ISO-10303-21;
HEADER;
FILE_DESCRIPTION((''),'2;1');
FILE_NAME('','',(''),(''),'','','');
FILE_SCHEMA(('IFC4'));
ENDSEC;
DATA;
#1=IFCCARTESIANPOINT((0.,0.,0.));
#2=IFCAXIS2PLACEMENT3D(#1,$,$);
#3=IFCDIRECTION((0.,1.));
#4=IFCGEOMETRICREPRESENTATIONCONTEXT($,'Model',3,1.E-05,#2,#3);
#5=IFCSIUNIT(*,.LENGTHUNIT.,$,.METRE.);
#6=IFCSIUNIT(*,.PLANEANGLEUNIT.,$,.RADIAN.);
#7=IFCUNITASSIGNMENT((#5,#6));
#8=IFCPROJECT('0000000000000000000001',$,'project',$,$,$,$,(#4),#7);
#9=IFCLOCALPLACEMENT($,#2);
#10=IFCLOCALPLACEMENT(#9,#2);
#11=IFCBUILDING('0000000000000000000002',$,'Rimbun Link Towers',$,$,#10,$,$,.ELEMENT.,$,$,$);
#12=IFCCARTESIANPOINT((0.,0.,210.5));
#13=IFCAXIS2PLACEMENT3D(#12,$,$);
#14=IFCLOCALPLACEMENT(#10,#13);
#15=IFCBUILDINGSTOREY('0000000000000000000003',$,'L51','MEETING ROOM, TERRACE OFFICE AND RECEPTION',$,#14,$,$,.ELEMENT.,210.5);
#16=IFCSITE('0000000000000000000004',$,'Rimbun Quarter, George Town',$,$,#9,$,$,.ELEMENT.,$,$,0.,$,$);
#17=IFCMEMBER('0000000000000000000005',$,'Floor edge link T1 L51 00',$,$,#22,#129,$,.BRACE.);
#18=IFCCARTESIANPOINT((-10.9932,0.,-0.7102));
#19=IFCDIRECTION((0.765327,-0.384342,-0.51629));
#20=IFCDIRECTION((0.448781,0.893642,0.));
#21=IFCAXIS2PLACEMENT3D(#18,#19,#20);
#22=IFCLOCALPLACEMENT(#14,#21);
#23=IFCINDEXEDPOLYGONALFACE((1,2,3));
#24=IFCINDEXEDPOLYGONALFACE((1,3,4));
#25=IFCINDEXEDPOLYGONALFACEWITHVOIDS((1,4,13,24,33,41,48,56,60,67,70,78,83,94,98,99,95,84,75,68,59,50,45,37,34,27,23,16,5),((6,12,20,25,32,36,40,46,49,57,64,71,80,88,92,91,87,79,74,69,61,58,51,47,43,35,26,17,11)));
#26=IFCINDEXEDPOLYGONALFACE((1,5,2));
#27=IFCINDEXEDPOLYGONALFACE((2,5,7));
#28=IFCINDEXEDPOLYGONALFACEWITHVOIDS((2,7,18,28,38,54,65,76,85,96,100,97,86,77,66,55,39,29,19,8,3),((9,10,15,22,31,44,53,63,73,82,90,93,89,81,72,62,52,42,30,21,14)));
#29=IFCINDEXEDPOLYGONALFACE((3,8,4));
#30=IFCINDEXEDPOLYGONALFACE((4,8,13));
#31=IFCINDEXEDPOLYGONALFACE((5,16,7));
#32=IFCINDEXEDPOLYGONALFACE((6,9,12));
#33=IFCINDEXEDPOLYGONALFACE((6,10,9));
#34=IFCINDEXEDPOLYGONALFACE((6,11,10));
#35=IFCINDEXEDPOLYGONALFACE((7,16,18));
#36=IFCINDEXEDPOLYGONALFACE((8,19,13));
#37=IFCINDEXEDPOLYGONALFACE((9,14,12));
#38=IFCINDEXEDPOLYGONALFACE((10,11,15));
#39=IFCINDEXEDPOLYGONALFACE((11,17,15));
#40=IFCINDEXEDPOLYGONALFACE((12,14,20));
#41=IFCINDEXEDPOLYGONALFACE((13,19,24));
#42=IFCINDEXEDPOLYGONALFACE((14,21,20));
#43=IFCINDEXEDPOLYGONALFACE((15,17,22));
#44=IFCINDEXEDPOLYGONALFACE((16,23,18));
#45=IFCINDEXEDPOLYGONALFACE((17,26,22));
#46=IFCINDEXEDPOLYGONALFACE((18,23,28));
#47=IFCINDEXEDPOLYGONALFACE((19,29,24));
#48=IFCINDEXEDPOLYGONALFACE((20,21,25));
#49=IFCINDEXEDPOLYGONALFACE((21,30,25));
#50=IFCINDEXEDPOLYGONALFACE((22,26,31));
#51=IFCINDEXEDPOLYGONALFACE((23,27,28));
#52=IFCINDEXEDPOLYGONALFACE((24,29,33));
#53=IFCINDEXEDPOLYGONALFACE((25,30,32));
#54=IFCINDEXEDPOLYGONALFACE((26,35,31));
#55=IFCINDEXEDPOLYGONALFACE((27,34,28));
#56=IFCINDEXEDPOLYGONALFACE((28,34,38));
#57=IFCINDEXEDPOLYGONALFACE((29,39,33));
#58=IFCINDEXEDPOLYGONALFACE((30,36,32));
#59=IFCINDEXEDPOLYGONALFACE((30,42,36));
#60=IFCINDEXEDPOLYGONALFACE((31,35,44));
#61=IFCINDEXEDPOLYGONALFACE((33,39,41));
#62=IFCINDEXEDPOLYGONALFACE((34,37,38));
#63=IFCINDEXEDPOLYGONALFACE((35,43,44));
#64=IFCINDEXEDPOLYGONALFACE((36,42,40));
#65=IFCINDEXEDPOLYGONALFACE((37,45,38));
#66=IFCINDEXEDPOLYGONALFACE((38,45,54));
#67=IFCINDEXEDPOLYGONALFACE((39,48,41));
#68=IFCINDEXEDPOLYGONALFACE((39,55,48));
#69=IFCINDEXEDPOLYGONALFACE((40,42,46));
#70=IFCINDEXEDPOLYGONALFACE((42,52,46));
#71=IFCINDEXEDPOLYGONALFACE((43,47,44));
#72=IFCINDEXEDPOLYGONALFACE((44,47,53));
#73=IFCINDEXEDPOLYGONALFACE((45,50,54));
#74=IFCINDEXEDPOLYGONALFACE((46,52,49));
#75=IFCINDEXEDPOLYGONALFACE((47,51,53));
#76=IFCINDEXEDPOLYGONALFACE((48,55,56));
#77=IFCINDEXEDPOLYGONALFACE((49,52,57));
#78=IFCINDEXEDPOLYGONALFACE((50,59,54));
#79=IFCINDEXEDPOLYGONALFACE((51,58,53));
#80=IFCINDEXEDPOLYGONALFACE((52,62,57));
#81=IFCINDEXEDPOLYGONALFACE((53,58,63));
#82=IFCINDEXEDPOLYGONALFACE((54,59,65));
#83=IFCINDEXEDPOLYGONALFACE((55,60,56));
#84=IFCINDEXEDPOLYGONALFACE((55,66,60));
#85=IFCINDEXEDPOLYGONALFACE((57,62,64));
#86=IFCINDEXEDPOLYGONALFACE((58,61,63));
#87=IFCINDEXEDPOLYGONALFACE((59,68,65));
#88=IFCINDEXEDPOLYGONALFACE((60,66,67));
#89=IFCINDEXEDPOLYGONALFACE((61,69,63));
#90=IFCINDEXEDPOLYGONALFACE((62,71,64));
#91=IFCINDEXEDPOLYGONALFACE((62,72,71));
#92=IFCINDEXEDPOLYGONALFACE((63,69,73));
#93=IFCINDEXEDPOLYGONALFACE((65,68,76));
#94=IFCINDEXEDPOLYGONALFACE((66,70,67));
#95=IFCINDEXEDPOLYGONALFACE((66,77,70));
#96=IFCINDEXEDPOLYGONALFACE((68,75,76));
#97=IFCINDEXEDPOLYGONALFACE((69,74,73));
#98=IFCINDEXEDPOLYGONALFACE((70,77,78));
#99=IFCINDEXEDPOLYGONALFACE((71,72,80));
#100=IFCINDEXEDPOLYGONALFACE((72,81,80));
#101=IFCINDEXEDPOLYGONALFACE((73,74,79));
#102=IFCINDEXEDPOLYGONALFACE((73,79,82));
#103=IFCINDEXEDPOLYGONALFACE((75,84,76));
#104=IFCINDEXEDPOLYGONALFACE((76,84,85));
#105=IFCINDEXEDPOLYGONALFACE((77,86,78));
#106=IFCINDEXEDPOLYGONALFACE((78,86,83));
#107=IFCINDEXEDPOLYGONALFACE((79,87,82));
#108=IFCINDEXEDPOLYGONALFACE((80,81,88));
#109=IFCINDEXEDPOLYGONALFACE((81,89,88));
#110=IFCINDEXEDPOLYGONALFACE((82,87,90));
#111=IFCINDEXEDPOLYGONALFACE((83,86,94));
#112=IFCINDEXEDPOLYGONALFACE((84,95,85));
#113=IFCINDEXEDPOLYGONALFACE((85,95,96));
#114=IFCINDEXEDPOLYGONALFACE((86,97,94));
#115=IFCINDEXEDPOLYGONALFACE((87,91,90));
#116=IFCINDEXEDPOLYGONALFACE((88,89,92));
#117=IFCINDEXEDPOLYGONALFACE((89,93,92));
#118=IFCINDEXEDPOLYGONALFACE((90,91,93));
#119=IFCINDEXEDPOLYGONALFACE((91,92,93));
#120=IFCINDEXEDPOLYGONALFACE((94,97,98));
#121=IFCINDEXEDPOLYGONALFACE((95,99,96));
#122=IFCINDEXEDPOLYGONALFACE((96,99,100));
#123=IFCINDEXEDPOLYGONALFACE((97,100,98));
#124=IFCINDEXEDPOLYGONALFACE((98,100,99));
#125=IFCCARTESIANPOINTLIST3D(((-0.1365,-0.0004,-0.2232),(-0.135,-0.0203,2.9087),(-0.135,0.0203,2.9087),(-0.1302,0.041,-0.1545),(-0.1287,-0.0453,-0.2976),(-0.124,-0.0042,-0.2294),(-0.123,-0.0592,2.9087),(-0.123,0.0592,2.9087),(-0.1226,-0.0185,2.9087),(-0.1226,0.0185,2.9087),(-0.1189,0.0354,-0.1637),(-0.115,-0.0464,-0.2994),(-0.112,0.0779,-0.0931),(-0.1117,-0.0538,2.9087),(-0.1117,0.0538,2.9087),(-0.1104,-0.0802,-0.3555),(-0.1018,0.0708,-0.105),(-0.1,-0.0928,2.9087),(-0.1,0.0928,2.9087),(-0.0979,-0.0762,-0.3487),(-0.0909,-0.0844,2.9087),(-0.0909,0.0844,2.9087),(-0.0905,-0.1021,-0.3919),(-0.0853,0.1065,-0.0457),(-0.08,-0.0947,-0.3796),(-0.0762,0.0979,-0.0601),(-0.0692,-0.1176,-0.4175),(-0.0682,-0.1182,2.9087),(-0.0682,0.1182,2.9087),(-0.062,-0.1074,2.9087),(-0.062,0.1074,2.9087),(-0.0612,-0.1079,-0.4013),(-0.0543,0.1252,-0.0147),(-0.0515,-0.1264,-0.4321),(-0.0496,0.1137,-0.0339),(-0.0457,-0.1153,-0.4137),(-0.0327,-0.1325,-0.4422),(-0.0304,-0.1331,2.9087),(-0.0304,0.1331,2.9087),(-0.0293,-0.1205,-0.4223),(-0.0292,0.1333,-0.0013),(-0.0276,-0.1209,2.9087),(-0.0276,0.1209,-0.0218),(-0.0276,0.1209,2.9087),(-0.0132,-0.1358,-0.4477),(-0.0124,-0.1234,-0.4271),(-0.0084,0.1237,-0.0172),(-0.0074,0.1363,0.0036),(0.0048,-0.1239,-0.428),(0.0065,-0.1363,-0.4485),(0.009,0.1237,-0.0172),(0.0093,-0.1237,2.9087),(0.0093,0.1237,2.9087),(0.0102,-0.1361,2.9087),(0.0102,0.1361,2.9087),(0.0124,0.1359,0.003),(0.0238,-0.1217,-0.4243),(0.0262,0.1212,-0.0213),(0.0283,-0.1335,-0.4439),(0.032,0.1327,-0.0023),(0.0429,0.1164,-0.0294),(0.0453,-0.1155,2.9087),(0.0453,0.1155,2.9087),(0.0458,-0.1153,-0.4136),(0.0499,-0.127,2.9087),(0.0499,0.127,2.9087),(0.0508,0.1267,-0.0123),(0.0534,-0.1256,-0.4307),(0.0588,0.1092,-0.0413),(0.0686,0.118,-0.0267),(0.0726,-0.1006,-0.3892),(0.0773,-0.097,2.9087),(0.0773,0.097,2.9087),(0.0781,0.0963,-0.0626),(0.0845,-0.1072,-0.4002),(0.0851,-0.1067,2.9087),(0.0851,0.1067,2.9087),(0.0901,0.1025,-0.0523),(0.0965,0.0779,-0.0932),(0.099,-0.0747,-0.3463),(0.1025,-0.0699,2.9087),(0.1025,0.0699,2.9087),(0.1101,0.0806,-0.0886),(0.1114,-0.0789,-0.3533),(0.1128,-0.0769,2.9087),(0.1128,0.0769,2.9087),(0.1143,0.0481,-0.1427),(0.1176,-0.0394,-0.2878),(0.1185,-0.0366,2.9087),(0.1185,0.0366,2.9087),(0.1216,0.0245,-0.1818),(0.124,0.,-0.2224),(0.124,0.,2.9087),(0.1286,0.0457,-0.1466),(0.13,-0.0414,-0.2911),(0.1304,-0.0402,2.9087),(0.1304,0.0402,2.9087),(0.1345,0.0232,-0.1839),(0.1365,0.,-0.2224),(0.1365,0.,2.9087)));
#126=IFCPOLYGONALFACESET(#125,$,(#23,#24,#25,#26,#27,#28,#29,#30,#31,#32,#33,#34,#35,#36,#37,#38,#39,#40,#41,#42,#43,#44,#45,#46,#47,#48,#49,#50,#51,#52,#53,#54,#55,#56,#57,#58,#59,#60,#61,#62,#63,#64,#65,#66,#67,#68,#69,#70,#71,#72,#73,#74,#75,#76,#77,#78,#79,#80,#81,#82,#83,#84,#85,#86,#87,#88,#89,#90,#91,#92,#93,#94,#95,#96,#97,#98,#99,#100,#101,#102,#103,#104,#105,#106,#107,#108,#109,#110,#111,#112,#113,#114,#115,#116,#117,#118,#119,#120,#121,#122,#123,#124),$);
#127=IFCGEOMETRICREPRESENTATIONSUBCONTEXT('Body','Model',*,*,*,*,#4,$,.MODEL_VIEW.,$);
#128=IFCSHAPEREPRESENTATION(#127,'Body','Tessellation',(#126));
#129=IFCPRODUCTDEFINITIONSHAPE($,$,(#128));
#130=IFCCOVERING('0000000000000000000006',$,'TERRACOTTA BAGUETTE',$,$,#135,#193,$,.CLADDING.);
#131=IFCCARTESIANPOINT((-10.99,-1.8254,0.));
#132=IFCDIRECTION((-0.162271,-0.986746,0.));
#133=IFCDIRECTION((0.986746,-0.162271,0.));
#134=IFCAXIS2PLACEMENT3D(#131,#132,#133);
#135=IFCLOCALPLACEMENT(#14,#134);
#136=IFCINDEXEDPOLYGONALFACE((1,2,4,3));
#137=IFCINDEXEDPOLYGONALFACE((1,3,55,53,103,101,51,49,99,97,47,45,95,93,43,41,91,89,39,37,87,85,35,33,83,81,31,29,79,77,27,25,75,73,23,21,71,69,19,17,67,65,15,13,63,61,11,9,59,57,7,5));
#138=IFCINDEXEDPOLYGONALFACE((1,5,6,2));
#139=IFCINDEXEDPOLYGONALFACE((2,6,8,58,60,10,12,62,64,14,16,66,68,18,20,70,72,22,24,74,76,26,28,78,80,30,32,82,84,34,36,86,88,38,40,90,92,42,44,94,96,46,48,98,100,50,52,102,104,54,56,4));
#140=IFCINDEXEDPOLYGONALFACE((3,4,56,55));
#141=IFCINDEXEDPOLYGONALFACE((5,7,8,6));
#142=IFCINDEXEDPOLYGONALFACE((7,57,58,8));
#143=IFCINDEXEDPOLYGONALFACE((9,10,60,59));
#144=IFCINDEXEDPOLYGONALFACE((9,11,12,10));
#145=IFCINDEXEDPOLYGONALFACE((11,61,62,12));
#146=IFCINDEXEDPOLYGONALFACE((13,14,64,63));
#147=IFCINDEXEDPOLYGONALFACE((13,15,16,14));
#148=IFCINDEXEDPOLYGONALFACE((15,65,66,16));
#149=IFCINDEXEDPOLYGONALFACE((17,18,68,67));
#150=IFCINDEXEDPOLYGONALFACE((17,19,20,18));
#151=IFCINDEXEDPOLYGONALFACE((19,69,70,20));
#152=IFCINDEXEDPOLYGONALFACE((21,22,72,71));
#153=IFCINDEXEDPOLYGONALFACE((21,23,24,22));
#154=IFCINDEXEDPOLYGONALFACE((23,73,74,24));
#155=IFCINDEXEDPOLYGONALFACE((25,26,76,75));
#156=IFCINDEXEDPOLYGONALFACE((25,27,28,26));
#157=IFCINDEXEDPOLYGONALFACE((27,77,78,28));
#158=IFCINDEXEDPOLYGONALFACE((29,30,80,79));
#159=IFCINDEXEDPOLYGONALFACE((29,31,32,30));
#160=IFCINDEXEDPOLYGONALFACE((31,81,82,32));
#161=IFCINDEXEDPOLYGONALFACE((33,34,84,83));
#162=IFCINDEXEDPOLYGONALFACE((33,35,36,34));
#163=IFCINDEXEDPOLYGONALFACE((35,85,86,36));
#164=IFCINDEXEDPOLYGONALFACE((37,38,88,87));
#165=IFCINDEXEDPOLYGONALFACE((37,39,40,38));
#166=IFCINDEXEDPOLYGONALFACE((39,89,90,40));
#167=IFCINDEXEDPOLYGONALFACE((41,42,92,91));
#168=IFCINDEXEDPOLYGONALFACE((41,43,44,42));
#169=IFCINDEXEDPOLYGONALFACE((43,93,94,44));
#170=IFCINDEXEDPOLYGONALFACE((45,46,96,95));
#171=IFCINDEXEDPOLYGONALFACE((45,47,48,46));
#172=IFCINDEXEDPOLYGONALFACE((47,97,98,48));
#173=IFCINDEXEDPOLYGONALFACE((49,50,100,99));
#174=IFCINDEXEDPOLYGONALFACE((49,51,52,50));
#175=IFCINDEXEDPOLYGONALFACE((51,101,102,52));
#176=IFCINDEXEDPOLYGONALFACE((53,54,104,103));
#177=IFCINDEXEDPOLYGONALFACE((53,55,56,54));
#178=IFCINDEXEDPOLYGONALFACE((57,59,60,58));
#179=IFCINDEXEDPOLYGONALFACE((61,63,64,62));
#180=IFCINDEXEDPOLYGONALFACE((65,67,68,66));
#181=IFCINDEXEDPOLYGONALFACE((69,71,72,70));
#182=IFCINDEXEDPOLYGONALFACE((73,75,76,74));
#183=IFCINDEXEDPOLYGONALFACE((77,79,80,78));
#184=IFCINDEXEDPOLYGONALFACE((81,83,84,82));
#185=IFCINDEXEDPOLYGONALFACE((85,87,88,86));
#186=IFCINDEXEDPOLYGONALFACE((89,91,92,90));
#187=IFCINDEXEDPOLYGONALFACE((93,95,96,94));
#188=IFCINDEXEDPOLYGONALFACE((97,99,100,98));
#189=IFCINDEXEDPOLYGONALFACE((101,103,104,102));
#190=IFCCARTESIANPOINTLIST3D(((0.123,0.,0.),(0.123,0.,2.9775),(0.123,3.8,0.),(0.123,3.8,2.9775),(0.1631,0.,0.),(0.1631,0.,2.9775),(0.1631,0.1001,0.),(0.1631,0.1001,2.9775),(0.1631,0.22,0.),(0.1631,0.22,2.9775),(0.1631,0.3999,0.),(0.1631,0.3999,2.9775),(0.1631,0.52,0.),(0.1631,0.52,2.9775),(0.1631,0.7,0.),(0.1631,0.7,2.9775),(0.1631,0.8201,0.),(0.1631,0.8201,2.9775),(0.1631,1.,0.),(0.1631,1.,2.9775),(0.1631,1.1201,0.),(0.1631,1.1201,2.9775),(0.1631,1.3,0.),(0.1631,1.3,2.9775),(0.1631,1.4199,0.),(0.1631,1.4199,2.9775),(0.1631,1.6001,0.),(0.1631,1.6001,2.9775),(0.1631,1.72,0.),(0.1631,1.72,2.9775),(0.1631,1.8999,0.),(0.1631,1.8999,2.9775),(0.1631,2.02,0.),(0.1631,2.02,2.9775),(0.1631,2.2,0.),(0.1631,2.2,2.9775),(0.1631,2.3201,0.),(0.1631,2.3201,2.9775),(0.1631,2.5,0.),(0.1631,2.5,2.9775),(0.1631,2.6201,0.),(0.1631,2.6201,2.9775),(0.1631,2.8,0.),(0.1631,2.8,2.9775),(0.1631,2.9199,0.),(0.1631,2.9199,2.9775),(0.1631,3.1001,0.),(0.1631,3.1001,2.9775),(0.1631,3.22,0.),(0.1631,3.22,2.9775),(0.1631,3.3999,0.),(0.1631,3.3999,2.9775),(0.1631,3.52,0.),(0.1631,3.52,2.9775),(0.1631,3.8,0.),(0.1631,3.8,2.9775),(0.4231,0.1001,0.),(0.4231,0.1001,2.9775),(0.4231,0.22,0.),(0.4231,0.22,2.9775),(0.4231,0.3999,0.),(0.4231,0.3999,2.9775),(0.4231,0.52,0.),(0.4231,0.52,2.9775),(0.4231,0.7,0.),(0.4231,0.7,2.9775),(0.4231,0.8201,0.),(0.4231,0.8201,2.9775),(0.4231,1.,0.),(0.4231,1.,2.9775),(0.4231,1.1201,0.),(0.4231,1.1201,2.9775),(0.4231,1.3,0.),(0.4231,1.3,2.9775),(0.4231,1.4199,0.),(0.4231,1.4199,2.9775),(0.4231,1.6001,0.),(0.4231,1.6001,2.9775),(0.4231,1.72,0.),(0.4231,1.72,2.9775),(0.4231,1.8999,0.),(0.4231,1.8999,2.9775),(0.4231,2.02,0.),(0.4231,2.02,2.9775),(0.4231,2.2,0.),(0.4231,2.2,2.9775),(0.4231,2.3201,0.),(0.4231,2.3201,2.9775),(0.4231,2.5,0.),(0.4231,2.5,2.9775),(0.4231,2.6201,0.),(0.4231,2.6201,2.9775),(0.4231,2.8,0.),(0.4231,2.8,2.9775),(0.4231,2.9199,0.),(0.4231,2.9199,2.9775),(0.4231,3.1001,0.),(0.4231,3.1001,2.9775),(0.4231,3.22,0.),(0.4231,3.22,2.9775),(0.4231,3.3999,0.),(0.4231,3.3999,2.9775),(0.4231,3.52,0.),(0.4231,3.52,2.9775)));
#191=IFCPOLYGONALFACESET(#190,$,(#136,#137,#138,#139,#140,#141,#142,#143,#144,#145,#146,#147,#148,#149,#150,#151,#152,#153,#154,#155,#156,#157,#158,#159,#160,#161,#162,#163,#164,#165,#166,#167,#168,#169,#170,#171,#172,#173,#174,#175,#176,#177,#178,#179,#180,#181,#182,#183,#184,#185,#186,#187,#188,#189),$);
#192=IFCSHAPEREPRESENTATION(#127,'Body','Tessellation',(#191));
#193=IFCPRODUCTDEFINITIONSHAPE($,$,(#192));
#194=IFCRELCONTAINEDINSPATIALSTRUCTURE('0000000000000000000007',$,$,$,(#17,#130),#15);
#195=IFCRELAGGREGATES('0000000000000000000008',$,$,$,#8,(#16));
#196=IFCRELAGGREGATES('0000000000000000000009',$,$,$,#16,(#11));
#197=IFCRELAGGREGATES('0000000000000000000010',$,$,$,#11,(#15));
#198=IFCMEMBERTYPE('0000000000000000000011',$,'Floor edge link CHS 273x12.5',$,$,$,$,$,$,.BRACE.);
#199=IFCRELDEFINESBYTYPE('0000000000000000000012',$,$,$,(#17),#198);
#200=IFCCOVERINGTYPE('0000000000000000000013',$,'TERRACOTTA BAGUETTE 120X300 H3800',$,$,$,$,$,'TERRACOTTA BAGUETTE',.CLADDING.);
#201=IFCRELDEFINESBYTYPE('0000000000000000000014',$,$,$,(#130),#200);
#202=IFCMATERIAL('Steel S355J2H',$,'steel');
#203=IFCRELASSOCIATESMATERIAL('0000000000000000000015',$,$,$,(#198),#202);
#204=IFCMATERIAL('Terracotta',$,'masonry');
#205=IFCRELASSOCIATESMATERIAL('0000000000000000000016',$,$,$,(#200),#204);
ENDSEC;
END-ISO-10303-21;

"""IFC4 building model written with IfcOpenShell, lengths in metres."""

from ifc_helpers import new_model, si_unit, direction, frame, origin, origin_2d, place, context, subcontext, project, spatial, polyline, hollow_circle, outline, extrude, clip, halfspace, material, material_profile, profile_set, type_object, element, save


model = new_model("IFC4")

# Units and contexts
model_context = context("Model", 3, precision=1e-05, world=origin(), true_north=direction((0.0, 1.0)))
body_context = subcontext(model_context, "Body", "Model", "MODEL_VIEW")
ifc_project = project(units=[si_unit("LENGTHUNIT", "METRE"), si_unit("PLANEANGLEUNIT", "RADIAN")], contexts=[model_context])

# Site, building, storey
site_placement = place(None, origin())
site = spatial("IfcSite", under=ifc_project, at=site_placement, Name="Rimbun Quarter, George Town", CompositionType="ELEMENT", RefElevation=0.0)
building_placement = place(site_placement, origin())
building = spatial("IfcBuilding", under=site, at=building_placement, Name="Rimbun Link Towers", CompositionType="ELEMENT")
storey_placement = place(building_placement, frame((0.0, 0.0, 210.5)))
storey = spatial("IfcBuildingStorey", under=building, at=storey_placement, Name="L51", Description="MEETING ROOM, TERRACE OFFICE AND RECEPTION", CompositionType="ELEMENT", Elevation=210.5)

# Member
ifc_material_1 = material(Name="Steel S355J2H", Category="steel")
ifc_material_profile_1 = material_profile(ifc_material_1, hollow_circle(Radius=0.1365, WallThickness=0.0125, at=origin_2d()), Name="CHS 273x12.5")
ifc_profile_set_1 = profile_set([ifc_material_profile_1], Name="Steel S355J2H")
member_type_1 = type_object("IfcMemberType", Name="Floor edge link CHS 273x12.5", PredefinedType="BRACE", material=ifc_profile_set_1)
member_1_placement = place(storey_placement, frame((-10.9932, 0.0, -0.7102), z_axis=(0.765327, -0.384342, -0.51629), x_axis=(0.448781, 0.893642, 0.0)))
element("IfcMember", 1, at=member_1_placement, inside=storey, type_object=member_type_1, Name="Floor edge link T1 L51 00", PredefinedType="BRACE", context=body_context, shape_type="Clipping", body=[
    clip(extrude(hollow_circle(Radius=0.1365, WallThickness=0.0125, at=origin_2d()), frame((0.0, 0.0, -0.4722)), (0.0, 0.0, 1.0), 3.3809), halfspace(frame((0.0, 0.0, -0.2224), z_axis=(0.0, 0.856414, -0.51629)), False)),
])

# Covering
ifc_material_2 = material(Name="Terracotta", Category="masonry")
ifc_material_profile_2 = material_profile(ifc_material_2, outline(polyline([(0.123, 0.0), (0.1631, 0.0), (0.1631, 0.1001), (0.4231, 0.1001), (0.4231, 0.22), (0.1631, 0.22), (0.1631, 0.3999), (0.4231, 0.3999), (0.4231, 0.52), (0.1631, 0.52), (0.1631, 0.7), (0.4231, 0.7), (0.4231, 0.8201), (0.1631, 0.8201), (0.1631, 1.0), (0.4231, 1.0), (0.4231, 1.1201), (0.1631, 1.1201), (0.1631, 1.3), (0.4231, 1.3), (0.4231, 1.4199), (0.1631, 1.4199), (0.1631, 1.6001), (0.4231, 1.6001), (0.4231, 1.72), (0.1631, 1.72), (0.1631, 1.8999), (0.4231, 1.8999), (0.4231, 2.02), (0.1631, 2.02), (0.1631, 2.2), (0.4231, 2.2), (0.4231, 2.3201), (0.1631, 2.3201), (0.1631, 2.5), (0.4231, 2.5), (0.4231, 2.6201), (0.1631, 2.6201), (0.1631, 2.8), (0.4231, 2.8), (0.4231, 2.9199), (0.1631, 2.9199), (0.1631, 3.1001), (0.4231, 3.1001), (0.4231, 3.22), (0.1631, 3.22), (0.1631, 3.3999), (0.4231, 3.3999), (0.4231, 3.52), (0.1631, 3.52), (0.1631, 3.8), (0.123, 3.8), (0.123, 0.0)])), Name="BAGUETTE 120X300")
ifc_profile_set_2 = profile_set([ifc_material_profile_2], Name="Terracotta")
covering_type = type_object("IfcCoveringType", Name="TERRACOTTA BAGUETTE 120X300 H3800", ElementType="TERRACOTTA BAGUETTE", PredefinedType="CLADDING", material=ifc_profile_set_2)
covering_placement = place(storey_placement, frame((-10.99, -1.8254, 0.0), z_axis=(-0.162271, -0.986746, 0.0), x_axis=(0.986746, -0.162271, 0.0)))
element("IfcCovering", 2, at=covering_placement, inside=storey, type_object=covering_type, Name="TERRACOTTA BAGUETTE", PredefinedType="CLADDING", context=body_context, shape_type="SweptSolid", body=[
    extrude(outline(polyline([(0.123, 0.0), (0.1631, 0.0), (0.1631, 0.1001), (0.4231, 0.1001), (0.4231, 0.22), (0.1631, 0.22), (0.1631, 0.3999), (0.4231, 0.3999), (0.4231, 0.52), (0.1631, 0.52), (0.1631, 0.7), (0.4231, 0.7), (0.4231, 0.8201), (0.1631, 0.8201), (0.1631, 1.0), (0.4231, 1.0), (0.4231, 1.1201), (0.1631, 1.1201), (0.1631, 1.3), (0.4231, 1.3), (0.4231, 1.4199), (0.1631, 1.4199), (0.1631, 1.6001), (0.4231, 1.6001), (0.4231, 1.72), (0.1631, 1.72), (0.1631, 1.8999), (0.4231, 1.8999), (0.4231, 2.02), (0.1631, 2.02), (0.1631, 2.2), (0.4231, 2.2), (0.4231, 2.3201), (0.1631, 2.3201), (0.1631, 2.5), (0.4231, 2.5), (0.4231, 2.6201), (0.1631, 2.6201), (0.1631, 2.8), (0.4231, 2.8), (0.4231, 2.9199), (0.1631, 2.9199), (0.1631, 3.1001), (0.4231, 3.1001), (0.4231, 3.22), (0.1631, 3.22), (0.1631, 3.3999), (0.4231, 3.3999), (0.4231, 3.52), (0.1631, 3.52), (0.1631, 3.8), (0.123, 3.8), (0.123, 0.0)])), origin(), (0.0, 0.0, 1.0), 2.9775),
])

save(model, "model.ifc")
